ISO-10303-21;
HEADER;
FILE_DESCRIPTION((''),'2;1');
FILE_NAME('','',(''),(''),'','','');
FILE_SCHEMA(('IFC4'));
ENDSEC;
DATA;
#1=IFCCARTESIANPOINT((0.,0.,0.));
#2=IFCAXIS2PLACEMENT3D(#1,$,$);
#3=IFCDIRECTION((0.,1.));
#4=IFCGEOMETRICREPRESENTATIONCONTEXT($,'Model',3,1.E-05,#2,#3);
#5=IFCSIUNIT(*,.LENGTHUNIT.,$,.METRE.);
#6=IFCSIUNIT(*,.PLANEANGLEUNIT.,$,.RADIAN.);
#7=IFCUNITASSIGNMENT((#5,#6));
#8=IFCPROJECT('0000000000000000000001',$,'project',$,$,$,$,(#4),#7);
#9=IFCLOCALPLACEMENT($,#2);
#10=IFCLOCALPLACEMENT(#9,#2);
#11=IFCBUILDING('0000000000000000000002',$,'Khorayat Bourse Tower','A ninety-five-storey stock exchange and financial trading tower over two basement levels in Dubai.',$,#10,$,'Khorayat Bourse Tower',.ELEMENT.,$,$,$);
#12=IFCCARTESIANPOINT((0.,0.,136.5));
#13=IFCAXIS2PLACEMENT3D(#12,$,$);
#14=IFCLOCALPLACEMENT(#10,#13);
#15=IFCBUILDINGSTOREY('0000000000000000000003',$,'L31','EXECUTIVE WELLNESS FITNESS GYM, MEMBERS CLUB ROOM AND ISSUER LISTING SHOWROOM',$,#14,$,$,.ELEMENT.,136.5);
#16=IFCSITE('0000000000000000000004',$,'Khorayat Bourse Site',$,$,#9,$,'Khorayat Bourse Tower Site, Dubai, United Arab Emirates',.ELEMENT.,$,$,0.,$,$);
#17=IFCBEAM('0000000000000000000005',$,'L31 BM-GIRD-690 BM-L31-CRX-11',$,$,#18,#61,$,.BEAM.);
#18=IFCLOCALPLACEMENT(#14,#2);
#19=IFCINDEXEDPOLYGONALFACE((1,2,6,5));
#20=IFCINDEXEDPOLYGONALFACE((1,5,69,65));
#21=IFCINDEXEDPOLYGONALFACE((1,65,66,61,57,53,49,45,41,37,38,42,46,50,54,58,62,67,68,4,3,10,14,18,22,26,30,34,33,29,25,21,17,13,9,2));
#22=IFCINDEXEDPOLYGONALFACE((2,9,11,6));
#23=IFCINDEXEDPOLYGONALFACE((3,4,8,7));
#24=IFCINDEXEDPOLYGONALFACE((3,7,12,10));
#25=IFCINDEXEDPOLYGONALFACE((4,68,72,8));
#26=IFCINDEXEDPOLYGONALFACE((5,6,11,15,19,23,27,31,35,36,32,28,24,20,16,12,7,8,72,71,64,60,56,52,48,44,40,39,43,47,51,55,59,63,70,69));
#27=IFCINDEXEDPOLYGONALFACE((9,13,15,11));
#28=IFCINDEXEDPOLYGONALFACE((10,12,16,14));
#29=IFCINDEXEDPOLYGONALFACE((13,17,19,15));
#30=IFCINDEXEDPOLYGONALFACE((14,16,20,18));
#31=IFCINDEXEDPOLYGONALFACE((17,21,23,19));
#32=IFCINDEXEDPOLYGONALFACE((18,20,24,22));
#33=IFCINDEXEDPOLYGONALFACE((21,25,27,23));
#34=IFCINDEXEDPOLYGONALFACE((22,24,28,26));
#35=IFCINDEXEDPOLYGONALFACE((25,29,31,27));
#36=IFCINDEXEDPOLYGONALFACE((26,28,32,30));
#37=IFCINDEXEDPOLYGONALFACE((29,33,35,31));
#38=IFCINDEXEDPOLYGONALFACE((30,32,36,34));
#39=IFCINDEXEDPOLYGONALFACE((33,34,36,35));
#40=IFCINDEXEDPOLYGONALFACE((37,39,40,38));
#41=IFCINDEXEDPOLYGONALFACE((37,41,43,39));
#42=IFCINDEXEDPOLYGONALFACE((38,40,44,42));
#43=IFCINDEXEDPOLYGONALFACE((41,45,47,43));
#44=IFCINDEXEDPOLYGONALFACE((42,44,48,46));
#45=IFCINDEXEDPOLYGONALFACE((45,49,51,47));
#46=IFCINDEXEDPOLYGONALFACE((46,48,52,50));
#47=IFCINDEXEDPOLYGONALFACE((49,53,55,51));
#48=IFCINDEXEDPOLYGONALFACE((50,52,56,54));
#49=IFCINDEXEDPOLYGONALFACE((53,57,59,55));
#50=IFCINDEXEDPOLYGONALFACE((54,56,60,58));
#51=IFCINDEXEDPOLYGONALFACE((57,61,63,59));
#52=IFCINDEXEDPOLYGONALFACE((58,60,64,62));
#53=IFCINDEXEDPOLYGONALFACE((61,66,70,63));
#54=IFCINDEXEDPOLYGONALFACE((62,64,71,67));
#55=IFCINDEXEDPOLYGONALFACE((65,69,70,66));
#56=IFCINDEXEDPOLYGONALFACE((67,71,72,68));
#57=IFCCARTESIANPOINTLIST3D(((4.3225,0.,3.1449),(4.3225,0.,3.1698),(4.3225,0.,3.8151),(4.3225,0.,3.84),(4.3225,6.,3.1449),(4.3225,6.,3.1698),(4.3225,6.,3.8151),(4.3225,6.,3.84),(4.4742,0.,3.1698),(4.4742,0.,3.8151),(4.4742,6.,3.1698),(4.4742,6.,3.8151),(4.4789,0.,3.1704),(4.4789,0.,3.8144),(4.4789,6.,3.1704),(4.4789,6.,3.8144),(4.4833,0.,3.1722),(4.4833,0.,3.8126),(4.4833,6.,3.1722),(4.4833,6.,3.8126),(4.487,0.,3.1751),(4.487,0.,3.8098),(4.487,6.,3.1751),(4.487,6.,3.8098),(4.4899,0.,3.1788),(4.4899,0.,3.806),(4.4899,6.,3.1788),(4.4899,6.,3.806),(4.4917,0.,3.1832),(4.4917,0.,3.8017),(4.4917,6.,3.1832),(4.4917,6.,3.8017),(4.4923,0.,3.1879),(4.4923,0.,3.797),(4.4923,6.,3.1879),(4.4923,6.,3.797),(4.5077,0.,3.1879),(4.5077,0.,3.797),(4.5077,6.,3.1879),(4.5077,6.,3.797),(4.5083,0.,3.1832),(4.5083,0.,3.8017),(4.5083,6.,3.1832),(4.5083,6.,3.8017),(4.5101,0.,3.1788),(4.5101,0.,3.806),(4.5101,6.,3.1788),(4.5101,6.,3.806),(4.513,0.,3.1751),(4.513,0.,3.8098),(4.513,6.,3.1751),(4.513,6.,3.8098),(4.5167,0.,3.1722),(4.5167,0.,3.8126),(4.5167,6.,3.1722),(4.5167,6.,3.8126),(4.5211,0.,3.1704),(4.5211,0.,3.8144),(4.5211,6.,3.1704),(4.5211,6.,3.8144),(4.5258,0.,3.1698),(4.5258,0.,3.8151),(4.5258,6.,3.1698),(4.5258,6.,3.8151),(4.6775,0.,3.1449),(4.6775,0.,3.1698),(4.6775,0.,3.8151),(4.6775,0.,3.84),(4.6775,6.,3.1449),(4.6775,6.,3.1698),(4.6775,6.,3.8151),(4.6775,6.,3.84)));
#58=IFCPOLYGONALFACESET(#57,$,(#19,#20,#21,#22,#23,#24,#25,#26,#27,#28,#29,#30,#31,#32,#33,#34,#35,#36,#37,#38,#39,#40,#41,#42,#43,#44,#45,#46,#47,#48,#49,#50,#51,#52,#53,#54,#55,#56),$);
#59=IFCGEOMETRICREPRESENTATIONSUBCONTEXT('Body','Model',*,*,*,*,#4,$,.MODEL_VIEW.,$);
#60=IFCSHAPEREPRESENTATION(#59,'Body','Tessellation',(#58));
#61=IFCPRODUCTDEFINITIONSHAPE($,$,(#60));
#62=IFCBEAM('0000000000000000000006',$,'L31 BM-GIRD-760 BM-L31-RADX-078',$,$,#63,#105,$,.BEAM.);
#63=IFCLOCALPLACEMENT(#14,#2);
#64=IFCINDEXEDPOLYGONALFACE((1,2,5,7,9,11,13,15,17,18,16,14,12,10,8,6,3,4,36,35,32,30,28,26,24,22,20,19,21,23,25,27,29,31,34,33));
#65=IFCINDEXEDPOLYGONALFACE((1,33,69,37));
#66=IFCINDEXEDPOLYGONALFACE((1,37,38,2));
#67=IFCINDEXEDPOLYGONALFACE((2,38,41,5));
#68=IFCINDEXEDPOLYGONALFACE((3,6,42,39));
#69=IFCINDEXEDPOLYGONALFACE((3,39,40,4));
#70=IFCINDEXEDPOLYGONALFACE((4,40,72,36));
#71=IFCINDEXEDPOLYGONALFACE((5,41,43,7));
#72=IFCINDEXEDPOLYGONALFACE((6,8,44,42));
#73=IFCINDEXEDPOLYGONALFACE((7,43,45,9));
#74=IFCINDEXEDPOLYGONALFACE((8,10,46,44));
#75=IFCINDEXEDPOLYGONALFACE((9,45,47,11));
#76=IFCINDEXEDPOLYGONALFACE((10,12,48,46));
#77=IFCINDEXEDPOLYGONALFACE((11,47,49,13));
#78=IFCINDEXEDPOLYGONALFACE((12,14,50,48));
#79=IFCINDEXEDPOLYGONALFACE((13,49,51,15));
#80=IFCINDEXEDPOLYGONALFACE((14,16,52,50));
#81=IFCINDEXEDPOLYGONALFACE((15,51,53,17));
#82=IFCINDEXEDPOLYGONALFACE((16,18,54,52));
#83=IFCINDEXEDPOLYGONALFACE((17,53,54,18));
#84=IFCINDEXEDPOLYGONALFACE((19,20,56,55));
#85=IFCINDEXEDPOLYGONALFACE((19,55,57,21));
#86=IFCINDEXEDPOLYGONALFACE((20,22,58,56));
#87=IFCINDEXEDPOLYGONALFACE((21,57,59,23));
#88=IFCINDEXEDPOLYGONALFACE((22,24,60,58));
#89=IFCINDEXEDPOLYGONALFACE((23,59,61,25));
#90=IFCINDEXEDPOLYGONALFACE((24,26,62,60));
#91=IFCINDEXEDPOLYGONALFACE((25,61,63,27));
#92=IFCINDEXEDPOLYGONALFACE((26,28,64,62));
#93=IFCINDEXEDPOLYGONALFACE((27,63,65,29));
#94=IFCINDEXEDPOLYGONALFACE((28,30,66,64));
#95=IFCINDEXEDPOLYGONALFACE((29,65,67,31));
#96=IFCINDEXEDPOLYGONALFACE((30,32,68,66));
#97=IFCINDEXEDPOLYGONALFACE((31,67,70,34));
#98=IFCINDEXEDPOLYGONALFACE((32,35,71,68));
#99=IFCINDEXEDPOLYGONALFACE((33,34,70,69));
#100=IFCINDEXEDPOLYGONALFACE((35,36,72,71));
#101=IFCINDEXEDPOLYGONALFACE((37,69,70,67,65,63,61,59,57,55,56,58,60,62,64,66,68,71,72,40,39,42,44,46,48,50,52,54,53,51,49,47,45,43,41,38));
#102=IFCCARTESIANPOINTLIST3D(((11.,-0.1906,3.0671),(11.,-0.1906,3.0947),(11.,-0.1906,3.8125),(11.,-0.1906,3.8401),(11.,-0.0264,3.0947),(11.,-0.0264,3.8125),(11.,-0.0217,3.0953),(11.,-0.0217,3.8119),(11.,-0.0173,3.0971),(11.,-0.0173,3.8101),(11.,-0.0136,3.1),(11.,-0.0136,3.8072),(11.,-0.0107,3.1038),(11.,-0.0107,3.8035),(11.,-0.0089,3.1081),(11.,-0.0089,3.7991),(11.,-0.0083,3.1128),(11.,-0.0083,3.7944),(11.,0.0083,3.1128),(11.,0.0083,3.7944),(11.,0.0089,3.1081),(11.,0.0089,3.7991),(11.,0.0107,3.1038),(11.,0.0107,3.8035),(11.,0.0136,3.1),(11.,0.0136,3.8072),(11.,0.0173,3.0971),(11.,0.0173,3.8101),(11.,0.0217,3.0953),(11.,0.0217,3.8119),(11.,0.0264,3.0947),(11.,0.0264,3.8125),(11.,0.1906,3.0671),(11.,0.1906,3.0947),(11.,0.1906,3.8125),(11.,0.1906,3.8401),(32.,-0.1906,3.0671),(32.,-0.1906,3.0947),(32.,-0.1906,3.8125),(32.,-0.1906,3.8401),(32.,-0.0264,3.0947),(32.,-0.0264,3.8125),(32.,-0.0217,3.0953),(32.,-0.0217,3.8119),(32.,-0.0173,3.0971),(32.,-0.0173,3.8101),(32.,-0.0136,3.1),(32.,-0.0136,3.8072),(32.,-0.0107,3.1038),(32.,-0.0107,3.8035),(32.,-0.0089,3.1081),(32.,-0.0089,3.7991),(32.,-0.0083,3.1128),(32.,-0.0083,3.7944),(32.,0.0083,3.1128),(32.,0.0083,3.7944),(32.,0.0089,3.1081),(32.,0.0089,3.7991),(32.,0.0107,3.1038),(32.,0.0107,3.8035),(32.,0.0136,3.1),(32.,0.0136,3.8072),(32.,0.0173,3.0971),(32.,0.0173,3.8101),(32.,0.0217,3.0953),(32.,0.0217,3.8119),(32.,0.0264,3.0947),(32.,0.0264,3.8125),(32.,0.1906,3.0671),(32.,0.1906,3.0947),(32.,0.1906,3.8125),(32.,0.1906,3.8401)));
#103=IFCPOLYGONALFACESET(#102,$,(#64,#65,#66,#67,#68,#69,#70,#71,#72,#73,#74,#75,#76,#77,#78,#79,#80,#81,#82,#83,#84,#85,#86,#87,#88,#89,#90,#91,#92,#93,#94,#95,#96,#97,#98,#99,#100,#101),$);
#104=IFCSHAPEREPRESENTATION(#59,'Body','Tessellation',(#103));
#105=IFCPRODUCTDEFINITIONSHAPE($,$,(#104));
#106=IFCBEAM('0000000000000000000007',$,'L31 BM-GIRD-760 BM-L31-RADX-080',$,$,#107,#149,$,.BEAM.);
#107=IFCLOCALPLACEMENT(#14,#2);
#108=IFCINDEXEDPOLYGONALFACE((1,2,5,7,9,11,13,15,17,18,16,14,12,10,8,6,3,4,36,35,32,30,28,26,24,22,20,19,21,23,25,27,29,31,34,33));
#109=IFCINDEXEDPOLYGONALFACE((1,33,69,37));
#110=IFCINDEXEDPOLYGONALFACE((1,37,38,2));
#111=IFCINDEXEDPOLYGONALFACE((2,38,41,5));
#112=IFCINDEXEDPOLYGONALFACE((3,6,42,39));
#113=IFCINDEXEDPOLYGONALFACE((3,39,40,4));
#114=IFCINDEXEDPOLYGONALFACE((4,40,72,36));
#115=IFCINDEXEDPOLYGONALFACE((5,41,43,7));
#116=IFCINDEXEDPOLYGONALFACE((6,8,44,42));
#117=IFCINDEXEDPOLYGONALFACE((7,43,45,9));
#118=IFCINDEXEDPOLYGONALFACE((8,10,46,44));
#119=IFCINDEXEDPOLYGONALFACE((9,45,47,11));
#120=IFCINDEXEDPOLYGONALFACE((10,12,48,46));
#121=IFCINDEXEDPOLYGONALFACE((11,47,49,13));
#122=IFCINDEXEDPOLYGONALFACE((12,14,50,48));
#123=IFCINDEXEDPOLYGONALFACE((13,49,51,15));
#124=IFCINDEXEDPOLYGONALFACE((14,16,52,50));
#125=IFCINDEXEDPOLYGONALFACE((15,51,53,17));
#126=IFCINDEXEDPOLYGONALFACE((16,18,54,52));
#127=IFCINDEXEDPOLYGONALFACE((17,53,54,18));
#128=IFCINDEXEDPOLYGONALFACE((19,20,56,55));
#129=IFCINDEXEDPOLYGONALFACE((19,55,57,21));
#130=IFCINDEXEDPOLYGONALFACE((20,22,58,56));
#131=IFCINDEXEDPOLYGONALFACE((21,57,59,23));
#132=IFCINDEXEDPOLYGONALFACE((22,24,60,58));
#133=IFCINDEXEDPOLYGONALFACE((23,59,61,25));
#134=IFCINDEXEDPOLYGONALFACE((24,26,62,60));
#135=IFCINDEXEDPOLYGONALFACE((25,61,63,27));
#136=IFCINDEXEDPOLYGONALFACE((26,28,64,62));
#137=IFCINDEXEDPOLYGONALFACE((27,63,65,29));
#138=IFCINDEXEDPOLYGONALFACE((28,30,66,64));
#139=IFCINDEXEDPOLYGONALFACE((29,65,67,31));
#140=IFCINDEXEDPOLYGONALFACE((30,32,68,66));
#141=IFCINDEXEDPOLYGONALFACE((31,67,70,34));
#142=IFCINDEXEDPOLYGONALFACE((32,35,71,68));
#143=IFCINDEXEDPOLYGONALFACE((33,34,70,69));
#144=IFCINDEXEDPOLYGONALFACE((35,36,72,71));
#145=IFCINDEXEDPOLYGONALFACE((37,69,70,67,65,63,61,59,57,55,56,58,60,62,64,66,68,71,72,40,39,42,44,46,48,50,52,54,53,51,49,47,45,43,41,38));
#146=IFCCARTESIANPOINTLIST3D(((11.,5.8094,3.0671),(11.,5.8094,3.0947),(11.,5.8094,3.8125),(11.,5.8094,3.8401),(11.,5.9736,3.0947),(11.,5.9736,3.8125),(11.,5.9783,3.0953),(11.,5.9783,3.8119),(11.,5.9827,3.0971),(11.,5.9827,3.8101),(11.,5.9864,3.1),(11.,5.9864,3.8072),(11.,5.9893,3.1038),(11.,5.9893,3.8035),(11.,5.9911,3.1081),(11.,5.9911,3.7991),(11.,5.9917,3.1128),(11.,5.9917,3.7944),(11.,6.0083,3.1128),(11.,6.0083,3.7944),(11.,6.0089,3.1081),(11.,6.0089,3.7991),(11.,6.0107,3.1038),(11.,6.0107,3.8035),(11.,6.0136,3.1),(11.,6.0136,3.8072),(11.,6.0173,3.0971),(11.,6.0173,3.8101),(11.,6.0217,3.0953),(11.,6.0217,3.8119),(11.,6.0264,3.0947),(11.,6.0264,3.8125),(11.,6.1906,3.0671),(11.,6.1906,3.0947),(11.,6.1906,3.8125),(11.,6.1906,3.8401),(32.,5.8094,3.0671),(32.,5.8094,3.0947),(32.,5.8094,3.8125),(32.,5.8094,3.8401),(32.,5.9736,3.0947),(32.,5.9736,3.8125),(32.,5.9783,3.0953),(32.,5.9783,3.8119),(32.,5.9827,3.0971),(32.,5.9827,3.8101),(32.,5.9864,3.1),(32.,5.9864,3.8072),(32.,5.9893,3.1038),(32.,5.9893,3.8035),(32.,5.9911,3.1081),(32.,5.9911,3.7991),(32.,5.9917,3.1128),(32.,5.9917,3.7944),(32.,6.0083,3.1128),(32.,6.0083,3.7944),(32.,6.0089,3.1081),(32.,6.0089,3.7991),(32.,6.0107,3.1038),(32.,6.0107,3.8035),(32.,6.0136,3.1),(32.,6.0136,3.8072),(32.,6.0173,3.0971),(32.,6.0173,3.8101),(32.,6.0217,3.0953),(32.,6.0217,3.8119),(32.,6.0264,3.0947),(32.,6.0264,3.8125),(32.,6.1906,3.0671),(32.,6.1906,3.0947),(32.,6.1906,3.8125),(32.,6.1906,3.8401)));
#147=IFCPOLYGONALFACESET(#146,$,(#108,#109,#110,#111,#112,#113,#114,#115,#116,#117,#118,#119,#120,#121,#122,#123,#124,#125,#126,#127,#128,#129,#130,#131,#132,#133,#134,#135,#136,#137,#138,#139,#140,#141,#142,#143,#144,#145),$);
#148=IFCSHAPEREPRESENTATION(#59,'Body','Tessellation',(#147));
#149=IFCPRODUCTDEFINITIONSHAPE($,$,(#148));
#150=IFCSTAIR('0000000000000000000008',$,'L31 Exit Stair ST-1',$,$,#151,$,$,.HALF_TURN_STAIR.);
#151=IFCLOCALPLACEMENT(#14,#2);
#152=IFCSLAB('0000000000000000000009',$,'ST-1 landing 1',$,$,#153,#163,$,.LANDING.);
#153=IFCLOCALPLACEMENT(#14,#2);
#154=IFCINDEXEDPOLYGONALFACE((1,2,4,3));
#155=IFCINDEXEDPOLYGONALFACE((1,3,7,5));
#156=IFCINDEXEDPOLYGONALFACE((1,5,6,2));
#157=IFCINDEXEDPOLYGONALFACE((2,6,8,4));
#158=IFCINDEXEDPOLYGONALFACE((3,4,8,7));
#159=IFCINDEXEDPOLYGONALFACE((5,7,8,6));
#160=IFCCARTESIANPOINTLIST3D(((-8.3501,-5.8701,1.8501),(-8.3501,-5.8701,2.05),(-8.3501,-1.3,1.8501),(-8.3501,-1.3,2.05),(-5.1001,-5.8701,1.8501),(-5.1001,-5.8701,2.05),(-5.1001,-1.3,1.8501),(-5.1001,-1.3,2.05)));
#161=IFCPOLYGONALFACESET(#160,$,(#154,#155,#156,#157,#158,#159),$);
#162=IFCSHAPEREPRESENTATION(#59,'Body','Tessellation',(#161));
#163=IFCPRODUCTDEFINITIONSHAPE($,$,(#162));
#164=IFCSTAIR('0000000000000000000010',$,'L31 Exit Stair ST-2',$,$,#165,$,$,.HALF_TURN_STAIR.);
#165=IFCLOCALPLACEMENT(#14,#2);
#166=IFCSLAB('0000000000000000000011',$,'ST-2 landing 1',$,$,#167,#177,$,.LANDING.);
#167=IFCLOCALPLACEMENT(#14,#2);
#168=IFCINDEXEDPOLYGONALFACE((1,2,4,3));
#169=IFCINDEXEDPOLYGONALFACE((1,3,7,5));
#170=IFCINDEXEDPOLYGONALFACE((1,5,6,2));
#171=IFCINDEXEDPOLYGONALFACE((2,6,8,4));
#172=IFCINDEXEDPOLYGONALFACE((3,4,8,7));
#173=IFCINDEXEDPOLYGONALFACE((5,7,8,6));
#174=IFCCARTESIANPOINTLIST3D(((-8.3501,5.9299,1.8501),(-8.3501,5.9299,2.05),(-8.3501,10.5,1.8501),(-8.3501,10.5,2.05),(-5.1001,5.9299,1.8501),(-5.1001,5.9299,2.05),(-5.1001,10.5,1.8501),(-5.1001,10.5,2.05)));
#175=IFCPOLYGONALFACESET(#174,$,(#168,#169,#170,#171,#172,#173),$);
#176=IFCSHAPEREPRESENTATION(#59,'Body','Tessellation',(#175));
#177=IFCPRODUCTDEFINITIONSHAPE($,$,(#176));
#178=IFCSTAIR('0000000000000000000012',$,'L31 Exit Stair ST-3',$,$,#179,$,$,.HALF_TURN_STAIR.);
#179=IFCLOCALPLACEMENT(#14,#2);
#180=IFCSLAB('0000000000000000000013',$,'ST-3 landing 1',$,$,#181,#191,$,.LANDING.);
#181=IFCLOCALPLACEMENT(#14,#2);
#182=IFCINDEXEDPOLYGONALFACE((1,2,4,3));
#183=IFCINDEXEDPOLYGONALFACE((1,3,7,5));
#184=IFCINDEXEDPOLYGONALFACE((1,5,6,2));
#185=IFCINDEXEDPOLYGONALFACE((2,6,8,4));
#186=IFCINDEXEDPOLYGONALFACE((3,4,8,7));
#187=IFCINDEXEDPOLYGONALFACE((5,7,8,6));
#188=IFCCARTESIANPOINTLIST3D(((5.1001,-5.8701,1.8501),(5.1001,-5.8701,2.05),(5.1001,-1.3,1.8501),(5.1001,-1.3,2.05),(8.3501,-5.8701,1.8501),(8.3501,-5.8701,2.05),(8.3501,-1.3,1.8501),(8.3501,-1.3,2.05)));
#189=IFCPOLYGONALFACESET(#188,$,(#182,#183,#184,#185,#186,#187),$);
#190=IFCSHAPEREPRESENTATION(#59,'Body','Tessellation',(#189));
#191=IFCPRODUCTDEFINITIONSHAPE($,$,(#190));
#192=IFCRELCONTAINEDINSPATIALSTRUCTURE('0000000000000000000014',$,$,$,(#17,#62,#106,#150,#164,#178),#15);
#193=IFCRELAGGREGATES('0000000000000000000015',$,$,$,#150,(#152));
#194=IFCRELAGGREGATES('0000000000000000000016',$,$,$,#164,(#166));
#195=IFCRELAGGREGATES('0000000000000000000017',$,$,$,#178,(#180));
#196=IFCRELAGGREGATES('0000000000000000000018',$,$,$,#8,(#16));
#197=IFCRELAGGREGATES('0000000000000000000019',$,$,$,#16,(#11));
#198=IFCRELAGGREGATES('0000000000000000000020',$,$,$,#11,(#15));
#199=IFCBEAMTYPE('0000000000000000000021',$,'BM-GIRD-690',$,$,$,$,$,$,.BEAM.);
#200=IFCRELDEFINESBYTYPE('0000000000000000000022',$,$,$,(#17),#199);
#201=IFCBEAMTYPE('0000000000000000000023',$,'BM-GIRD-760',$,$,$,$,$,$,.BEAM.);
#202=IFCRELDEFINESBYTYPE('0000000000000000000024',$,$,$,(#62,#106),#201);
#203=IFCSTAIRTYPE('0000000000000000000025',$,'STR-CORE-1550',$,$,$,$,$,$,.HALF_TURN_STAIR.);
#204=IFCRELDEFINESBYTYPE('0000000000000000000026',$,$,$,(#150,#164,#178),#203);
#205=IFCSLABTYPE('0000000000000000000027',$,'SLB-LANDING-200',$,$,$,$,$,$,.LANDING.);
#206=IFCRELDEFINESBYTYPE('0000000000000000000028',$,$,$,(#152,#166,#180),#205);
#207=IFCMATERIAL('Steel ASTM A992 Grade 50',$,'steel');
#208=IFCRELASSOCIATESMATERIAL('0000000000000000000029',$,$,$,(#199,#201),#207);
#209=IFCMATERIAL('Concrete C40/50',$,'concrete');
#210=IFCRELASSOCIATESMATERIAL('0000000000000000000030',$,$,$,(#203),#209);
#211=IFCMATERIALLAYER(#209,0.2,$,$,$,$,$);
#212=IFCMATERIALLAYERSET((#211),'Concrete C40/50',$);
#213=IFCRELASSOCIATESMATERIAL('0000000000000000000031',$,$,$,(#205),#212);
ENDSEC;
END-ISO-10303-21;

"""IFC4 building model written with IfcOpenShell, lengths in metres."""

from ifc_helpers import new_model, si_unit, direction, frame, origin, origin_2d, place, context, subcontext, project, spatial, polyline, i_section, outline, extrude, source, transform, mapped, material, layer, layer_set, material_profile, profile_set, type_object, element, aggregate, save


model = new_model("IFC4")

# Units and contexts
model_context = context("Model", 3, precision=1e-05, world=origin(), true_north=direction((0.0, 1.0)))
body_context = subcontext(model_context, "Body", "Model", "MODEL_VIEW")
ifc_project = project(units=[si_unit("LENGTHUNIT", "METRE"), si_unit("PLANEANGLEUNIT", "RADIAN")], contexts=[model_context])

# Site, building, storey
site_placement = place(None, origin())
site = spatial("IfcSite", under=ifc_project, at=site_placement, Name="Khorayat Bourse Site", LongName="Khorayat Bourse Tower Site, Dubai, United Arab Emirates", CompositionType="ELEMENT", RefElevation=0.0)
building_placement = place(site_placement, origin())
building = spatial("IfcBuilding", under=site, at=building_placement, Name="Khorayat Bourse Tower", Description="A ninety-five-storey stock exchange and financial trading tower over two basement levels in Dubai.", LongName="Khorayat Bourse Tower", CompositionType="ELEMENT")
storey_placement = place(building_placement, frame((0.0, 0.0, 136.5)))
storey = spatial("IfcBuildingStorey", under=building, at=storey_placement, Name="L31", Description="EXECUTIVE WELLNESS FITNESS GYM, MEMBERS CLUB ROOM AND ISSUER LISTING SHOWROOM", CompositionType="ELEMENT", Elevation=136.5)

# Beams
ifc_material_1 = material(Name="Steel ASTM A992 Grade 50", Category="steel")
ifc_material_profile_1 = material_profile(ifc_material_1, i_section(OverallWidth=0.355, OverallDepth=0.6951, WebThickness=0.0154, FlangeThickness=0.0249, FilletRadius=0.0181, at=origin_2d()), Name="W690X217")
ifc_profile_set_1 = profile_set([ifc_material_profile_1], Name="Steel ASTM A992 Grade 50")
beam_type_1 = type_object("IfcBeamType", Name="BM-GIRD-690", PredefinedType="BEAM", material=ifc_profile_set_1)
shared_shape_1 = source(origin(), body_context, "Body", "SweptSolid", [
    extrude(i_section(OverallWidth=0.355, OverallDepth=0.6951, WebThickness=0.0154, FlangeThickness=0.0249, FilletRadius=0.0181, at=origin_2d()), origin(), (0.0, 0.0, 1.0), 6.0),
])
beam_1_placement = place(storey_placement, frame((4.5, 0.0, 3.4924), z_axis=(0.0, 1.0, 0.0), x_axis=(-1.0, 0.0, 0.0)))
element("IfcBeam", 1, at=beam_1_placement, inside=storey, type_object=beam_type_1, Name="L31 BM-GIRD-690 BM-L31-CRX-11", PredefinedType="BEAM", context=body_context, shape_type="MappedRepresentation", body=[
    mapped(shared_shape_1, transform((0.0, 0.0, 0.0), scale=1.0)),
])
ifc_material_profile_2 = material_profile(ifc_material_1, i_section(OverallWidth=0.3811, OverallDepth=0.7729, WebThickness=0.0166, FlangeThickness=0.0276, FilletRadius=0.0181, at=origin_2d()), Name="W760X257")
ifc_profile_set_2 = profile_set([ifc_material_profile_2], Name="Steel ASTM A992 Grade 50")
beam_type_2 = type_object("IfcBeamType", Name="BM-GIRD-760", PredefinedType="BEAM", material=ifc_profile_set_2)
shared_shape_2 = source(origin(), body_context, "Body", "SweptSolid", [
    extrude(i_section(OverallWidth=0.3811, OverallDepth=0.7729, WebThickness=0.0166, FlangeThickness=0.0276, FilletRadius=0.0181, at=origin_2d()), origin(), (0.0, 0.0, 1.0), 21.0),
])
for number, where, z_axis, x_axis, name in (
    (2, (11.0, 0.0, 3.4536), (1.0, 0.0, 0.0), (0.0, 1.0, 0.0), "L31 BM-GIRD-760 BM-L31-RADX-078"),
    (3, (11.0, 6.0, 3.4536), (1.0, 0.0, 0.0), (0.0, 1.0, 0.0), "L31 BM-GIRD-760 BM-L31-RADX-080"),
):
    element("IfcBeam", number, at=place(storey_placement, frame(where, z_axis=z_axis, x_axis=x_axis)), inside=storey, type_object=beam_type_2, Name=name, PredefinedType="BEAM", context=body_context, shape_type="MappedRepresentation", body=[
        mapped(shared_shape_2, transform((0.0, 0.0, 0.0), scale=1.0)),
    ])

# Stairs, slabs
ifc_material_2 = material(Name="Concrete C40/50", Category="concrete")
stair_type = type_object("IfcStairType", Name="STR-CORE-1550", PredefinedType="HALF_TURN_STAIR", material=ifc_material_2)
stair_1_placement = place(storey_placement, origin())
stair_1 = element("IfcStair", 4, at=stair_1_placement, inside=storey, type_object=stair_type, Name="L31 Exit Stair ST-1", PredefinedType="HALF_TURN_STAIR")
ifc_layer_1 = layer(ifc_material_2, 0.2)
ifc_layer_set_1 = layer_set([ifc_layer_1], Name="Concrete C40/50")
slab_type_1 = type_object("IfcSlabType", Name="SLB-LANDING-200", PredefinedType="LANDING", material=ifc_layer_set_1)
slab_1_placement = place(storey_placement, frame((0.0, 0.0, 1.8501)))
slab_1 = element("IfcSlab", 5, at=slab_1_placement, type_object=slab_type_1, Name="ST-1 landing 1", PredefinedType="LANDING", context=body_context, shape_type="SweptSolid", body=[
    extrude(outline(polyline([(-5.1001, -5.8701), (-5.1001, -1.3), (-8.3501, -1.3), (-8.3501, -5.8701), (-5.1001, -5.8701)])), origin(), (0.0, 0.0, 1.0), 0.2),
])
aggregate(stair_1, [slab_1])
stair_2_placement = place(storey_placement, origin())
stair_2 = element("IfcStair", 6, at=stair_2_placement, inside=storey, type_object=stair_type, Name="L31 Exit Stair ST-2", PredefinedType="HALF_TURN_STAIR")
slab_2_placement = place(storey_placement, frame((0.0, 0.0, 1.8501)))
slab_2 = element("IfcSlab", 7, at=slab_2_placement, type_object=slab_type_1, Name="ST-2 landing 1", PredefinedType="LANDING", context=body_context, shape_type="SweptSolid", body=[
    extrude(outline(polyline([(-5.1001, 5.9299), (-5.1001, 10.5), (-8.3501, 10.5), (-8.3501, 5.9299), (-5.1001, 5.9299)])), origin(), (0.0, 0.0, 1.0), 0.2),
])
aggregate(stair_2, [slab_2])
stair_3_placement = place(storey_placement, origin())
stair_3 = element("IfcStair", 8, at=stair_3_placement, inside=storey, type_object=stair_type, Name="L31 Exit Stair ST-3", PredefinedType="HALF_TURN_STAIR")
slab_3_placement = place(storey_placement, frame((0.0, 0.0, 1.8501)))
slab_3 = element("IfcSlab", 9, at=slab_3_placement, type_object=slab_type_1, Name="ST-3 landing 1", PredefinedType="LANDING", context=body_context, shape_type="SweptSolid", body=[
    extrude(outline(polyline([(8.3501, -5.8701), (8.3501, -1.3), (5.1001, -1.3), (5.1001, -5.8701), (8.3501, -5.8701)])), origin(), (0.0, 0.0, 1.0), 0.2),
])
aggregate(stair_3, [slab_3])

save(model, "model.ifc")
